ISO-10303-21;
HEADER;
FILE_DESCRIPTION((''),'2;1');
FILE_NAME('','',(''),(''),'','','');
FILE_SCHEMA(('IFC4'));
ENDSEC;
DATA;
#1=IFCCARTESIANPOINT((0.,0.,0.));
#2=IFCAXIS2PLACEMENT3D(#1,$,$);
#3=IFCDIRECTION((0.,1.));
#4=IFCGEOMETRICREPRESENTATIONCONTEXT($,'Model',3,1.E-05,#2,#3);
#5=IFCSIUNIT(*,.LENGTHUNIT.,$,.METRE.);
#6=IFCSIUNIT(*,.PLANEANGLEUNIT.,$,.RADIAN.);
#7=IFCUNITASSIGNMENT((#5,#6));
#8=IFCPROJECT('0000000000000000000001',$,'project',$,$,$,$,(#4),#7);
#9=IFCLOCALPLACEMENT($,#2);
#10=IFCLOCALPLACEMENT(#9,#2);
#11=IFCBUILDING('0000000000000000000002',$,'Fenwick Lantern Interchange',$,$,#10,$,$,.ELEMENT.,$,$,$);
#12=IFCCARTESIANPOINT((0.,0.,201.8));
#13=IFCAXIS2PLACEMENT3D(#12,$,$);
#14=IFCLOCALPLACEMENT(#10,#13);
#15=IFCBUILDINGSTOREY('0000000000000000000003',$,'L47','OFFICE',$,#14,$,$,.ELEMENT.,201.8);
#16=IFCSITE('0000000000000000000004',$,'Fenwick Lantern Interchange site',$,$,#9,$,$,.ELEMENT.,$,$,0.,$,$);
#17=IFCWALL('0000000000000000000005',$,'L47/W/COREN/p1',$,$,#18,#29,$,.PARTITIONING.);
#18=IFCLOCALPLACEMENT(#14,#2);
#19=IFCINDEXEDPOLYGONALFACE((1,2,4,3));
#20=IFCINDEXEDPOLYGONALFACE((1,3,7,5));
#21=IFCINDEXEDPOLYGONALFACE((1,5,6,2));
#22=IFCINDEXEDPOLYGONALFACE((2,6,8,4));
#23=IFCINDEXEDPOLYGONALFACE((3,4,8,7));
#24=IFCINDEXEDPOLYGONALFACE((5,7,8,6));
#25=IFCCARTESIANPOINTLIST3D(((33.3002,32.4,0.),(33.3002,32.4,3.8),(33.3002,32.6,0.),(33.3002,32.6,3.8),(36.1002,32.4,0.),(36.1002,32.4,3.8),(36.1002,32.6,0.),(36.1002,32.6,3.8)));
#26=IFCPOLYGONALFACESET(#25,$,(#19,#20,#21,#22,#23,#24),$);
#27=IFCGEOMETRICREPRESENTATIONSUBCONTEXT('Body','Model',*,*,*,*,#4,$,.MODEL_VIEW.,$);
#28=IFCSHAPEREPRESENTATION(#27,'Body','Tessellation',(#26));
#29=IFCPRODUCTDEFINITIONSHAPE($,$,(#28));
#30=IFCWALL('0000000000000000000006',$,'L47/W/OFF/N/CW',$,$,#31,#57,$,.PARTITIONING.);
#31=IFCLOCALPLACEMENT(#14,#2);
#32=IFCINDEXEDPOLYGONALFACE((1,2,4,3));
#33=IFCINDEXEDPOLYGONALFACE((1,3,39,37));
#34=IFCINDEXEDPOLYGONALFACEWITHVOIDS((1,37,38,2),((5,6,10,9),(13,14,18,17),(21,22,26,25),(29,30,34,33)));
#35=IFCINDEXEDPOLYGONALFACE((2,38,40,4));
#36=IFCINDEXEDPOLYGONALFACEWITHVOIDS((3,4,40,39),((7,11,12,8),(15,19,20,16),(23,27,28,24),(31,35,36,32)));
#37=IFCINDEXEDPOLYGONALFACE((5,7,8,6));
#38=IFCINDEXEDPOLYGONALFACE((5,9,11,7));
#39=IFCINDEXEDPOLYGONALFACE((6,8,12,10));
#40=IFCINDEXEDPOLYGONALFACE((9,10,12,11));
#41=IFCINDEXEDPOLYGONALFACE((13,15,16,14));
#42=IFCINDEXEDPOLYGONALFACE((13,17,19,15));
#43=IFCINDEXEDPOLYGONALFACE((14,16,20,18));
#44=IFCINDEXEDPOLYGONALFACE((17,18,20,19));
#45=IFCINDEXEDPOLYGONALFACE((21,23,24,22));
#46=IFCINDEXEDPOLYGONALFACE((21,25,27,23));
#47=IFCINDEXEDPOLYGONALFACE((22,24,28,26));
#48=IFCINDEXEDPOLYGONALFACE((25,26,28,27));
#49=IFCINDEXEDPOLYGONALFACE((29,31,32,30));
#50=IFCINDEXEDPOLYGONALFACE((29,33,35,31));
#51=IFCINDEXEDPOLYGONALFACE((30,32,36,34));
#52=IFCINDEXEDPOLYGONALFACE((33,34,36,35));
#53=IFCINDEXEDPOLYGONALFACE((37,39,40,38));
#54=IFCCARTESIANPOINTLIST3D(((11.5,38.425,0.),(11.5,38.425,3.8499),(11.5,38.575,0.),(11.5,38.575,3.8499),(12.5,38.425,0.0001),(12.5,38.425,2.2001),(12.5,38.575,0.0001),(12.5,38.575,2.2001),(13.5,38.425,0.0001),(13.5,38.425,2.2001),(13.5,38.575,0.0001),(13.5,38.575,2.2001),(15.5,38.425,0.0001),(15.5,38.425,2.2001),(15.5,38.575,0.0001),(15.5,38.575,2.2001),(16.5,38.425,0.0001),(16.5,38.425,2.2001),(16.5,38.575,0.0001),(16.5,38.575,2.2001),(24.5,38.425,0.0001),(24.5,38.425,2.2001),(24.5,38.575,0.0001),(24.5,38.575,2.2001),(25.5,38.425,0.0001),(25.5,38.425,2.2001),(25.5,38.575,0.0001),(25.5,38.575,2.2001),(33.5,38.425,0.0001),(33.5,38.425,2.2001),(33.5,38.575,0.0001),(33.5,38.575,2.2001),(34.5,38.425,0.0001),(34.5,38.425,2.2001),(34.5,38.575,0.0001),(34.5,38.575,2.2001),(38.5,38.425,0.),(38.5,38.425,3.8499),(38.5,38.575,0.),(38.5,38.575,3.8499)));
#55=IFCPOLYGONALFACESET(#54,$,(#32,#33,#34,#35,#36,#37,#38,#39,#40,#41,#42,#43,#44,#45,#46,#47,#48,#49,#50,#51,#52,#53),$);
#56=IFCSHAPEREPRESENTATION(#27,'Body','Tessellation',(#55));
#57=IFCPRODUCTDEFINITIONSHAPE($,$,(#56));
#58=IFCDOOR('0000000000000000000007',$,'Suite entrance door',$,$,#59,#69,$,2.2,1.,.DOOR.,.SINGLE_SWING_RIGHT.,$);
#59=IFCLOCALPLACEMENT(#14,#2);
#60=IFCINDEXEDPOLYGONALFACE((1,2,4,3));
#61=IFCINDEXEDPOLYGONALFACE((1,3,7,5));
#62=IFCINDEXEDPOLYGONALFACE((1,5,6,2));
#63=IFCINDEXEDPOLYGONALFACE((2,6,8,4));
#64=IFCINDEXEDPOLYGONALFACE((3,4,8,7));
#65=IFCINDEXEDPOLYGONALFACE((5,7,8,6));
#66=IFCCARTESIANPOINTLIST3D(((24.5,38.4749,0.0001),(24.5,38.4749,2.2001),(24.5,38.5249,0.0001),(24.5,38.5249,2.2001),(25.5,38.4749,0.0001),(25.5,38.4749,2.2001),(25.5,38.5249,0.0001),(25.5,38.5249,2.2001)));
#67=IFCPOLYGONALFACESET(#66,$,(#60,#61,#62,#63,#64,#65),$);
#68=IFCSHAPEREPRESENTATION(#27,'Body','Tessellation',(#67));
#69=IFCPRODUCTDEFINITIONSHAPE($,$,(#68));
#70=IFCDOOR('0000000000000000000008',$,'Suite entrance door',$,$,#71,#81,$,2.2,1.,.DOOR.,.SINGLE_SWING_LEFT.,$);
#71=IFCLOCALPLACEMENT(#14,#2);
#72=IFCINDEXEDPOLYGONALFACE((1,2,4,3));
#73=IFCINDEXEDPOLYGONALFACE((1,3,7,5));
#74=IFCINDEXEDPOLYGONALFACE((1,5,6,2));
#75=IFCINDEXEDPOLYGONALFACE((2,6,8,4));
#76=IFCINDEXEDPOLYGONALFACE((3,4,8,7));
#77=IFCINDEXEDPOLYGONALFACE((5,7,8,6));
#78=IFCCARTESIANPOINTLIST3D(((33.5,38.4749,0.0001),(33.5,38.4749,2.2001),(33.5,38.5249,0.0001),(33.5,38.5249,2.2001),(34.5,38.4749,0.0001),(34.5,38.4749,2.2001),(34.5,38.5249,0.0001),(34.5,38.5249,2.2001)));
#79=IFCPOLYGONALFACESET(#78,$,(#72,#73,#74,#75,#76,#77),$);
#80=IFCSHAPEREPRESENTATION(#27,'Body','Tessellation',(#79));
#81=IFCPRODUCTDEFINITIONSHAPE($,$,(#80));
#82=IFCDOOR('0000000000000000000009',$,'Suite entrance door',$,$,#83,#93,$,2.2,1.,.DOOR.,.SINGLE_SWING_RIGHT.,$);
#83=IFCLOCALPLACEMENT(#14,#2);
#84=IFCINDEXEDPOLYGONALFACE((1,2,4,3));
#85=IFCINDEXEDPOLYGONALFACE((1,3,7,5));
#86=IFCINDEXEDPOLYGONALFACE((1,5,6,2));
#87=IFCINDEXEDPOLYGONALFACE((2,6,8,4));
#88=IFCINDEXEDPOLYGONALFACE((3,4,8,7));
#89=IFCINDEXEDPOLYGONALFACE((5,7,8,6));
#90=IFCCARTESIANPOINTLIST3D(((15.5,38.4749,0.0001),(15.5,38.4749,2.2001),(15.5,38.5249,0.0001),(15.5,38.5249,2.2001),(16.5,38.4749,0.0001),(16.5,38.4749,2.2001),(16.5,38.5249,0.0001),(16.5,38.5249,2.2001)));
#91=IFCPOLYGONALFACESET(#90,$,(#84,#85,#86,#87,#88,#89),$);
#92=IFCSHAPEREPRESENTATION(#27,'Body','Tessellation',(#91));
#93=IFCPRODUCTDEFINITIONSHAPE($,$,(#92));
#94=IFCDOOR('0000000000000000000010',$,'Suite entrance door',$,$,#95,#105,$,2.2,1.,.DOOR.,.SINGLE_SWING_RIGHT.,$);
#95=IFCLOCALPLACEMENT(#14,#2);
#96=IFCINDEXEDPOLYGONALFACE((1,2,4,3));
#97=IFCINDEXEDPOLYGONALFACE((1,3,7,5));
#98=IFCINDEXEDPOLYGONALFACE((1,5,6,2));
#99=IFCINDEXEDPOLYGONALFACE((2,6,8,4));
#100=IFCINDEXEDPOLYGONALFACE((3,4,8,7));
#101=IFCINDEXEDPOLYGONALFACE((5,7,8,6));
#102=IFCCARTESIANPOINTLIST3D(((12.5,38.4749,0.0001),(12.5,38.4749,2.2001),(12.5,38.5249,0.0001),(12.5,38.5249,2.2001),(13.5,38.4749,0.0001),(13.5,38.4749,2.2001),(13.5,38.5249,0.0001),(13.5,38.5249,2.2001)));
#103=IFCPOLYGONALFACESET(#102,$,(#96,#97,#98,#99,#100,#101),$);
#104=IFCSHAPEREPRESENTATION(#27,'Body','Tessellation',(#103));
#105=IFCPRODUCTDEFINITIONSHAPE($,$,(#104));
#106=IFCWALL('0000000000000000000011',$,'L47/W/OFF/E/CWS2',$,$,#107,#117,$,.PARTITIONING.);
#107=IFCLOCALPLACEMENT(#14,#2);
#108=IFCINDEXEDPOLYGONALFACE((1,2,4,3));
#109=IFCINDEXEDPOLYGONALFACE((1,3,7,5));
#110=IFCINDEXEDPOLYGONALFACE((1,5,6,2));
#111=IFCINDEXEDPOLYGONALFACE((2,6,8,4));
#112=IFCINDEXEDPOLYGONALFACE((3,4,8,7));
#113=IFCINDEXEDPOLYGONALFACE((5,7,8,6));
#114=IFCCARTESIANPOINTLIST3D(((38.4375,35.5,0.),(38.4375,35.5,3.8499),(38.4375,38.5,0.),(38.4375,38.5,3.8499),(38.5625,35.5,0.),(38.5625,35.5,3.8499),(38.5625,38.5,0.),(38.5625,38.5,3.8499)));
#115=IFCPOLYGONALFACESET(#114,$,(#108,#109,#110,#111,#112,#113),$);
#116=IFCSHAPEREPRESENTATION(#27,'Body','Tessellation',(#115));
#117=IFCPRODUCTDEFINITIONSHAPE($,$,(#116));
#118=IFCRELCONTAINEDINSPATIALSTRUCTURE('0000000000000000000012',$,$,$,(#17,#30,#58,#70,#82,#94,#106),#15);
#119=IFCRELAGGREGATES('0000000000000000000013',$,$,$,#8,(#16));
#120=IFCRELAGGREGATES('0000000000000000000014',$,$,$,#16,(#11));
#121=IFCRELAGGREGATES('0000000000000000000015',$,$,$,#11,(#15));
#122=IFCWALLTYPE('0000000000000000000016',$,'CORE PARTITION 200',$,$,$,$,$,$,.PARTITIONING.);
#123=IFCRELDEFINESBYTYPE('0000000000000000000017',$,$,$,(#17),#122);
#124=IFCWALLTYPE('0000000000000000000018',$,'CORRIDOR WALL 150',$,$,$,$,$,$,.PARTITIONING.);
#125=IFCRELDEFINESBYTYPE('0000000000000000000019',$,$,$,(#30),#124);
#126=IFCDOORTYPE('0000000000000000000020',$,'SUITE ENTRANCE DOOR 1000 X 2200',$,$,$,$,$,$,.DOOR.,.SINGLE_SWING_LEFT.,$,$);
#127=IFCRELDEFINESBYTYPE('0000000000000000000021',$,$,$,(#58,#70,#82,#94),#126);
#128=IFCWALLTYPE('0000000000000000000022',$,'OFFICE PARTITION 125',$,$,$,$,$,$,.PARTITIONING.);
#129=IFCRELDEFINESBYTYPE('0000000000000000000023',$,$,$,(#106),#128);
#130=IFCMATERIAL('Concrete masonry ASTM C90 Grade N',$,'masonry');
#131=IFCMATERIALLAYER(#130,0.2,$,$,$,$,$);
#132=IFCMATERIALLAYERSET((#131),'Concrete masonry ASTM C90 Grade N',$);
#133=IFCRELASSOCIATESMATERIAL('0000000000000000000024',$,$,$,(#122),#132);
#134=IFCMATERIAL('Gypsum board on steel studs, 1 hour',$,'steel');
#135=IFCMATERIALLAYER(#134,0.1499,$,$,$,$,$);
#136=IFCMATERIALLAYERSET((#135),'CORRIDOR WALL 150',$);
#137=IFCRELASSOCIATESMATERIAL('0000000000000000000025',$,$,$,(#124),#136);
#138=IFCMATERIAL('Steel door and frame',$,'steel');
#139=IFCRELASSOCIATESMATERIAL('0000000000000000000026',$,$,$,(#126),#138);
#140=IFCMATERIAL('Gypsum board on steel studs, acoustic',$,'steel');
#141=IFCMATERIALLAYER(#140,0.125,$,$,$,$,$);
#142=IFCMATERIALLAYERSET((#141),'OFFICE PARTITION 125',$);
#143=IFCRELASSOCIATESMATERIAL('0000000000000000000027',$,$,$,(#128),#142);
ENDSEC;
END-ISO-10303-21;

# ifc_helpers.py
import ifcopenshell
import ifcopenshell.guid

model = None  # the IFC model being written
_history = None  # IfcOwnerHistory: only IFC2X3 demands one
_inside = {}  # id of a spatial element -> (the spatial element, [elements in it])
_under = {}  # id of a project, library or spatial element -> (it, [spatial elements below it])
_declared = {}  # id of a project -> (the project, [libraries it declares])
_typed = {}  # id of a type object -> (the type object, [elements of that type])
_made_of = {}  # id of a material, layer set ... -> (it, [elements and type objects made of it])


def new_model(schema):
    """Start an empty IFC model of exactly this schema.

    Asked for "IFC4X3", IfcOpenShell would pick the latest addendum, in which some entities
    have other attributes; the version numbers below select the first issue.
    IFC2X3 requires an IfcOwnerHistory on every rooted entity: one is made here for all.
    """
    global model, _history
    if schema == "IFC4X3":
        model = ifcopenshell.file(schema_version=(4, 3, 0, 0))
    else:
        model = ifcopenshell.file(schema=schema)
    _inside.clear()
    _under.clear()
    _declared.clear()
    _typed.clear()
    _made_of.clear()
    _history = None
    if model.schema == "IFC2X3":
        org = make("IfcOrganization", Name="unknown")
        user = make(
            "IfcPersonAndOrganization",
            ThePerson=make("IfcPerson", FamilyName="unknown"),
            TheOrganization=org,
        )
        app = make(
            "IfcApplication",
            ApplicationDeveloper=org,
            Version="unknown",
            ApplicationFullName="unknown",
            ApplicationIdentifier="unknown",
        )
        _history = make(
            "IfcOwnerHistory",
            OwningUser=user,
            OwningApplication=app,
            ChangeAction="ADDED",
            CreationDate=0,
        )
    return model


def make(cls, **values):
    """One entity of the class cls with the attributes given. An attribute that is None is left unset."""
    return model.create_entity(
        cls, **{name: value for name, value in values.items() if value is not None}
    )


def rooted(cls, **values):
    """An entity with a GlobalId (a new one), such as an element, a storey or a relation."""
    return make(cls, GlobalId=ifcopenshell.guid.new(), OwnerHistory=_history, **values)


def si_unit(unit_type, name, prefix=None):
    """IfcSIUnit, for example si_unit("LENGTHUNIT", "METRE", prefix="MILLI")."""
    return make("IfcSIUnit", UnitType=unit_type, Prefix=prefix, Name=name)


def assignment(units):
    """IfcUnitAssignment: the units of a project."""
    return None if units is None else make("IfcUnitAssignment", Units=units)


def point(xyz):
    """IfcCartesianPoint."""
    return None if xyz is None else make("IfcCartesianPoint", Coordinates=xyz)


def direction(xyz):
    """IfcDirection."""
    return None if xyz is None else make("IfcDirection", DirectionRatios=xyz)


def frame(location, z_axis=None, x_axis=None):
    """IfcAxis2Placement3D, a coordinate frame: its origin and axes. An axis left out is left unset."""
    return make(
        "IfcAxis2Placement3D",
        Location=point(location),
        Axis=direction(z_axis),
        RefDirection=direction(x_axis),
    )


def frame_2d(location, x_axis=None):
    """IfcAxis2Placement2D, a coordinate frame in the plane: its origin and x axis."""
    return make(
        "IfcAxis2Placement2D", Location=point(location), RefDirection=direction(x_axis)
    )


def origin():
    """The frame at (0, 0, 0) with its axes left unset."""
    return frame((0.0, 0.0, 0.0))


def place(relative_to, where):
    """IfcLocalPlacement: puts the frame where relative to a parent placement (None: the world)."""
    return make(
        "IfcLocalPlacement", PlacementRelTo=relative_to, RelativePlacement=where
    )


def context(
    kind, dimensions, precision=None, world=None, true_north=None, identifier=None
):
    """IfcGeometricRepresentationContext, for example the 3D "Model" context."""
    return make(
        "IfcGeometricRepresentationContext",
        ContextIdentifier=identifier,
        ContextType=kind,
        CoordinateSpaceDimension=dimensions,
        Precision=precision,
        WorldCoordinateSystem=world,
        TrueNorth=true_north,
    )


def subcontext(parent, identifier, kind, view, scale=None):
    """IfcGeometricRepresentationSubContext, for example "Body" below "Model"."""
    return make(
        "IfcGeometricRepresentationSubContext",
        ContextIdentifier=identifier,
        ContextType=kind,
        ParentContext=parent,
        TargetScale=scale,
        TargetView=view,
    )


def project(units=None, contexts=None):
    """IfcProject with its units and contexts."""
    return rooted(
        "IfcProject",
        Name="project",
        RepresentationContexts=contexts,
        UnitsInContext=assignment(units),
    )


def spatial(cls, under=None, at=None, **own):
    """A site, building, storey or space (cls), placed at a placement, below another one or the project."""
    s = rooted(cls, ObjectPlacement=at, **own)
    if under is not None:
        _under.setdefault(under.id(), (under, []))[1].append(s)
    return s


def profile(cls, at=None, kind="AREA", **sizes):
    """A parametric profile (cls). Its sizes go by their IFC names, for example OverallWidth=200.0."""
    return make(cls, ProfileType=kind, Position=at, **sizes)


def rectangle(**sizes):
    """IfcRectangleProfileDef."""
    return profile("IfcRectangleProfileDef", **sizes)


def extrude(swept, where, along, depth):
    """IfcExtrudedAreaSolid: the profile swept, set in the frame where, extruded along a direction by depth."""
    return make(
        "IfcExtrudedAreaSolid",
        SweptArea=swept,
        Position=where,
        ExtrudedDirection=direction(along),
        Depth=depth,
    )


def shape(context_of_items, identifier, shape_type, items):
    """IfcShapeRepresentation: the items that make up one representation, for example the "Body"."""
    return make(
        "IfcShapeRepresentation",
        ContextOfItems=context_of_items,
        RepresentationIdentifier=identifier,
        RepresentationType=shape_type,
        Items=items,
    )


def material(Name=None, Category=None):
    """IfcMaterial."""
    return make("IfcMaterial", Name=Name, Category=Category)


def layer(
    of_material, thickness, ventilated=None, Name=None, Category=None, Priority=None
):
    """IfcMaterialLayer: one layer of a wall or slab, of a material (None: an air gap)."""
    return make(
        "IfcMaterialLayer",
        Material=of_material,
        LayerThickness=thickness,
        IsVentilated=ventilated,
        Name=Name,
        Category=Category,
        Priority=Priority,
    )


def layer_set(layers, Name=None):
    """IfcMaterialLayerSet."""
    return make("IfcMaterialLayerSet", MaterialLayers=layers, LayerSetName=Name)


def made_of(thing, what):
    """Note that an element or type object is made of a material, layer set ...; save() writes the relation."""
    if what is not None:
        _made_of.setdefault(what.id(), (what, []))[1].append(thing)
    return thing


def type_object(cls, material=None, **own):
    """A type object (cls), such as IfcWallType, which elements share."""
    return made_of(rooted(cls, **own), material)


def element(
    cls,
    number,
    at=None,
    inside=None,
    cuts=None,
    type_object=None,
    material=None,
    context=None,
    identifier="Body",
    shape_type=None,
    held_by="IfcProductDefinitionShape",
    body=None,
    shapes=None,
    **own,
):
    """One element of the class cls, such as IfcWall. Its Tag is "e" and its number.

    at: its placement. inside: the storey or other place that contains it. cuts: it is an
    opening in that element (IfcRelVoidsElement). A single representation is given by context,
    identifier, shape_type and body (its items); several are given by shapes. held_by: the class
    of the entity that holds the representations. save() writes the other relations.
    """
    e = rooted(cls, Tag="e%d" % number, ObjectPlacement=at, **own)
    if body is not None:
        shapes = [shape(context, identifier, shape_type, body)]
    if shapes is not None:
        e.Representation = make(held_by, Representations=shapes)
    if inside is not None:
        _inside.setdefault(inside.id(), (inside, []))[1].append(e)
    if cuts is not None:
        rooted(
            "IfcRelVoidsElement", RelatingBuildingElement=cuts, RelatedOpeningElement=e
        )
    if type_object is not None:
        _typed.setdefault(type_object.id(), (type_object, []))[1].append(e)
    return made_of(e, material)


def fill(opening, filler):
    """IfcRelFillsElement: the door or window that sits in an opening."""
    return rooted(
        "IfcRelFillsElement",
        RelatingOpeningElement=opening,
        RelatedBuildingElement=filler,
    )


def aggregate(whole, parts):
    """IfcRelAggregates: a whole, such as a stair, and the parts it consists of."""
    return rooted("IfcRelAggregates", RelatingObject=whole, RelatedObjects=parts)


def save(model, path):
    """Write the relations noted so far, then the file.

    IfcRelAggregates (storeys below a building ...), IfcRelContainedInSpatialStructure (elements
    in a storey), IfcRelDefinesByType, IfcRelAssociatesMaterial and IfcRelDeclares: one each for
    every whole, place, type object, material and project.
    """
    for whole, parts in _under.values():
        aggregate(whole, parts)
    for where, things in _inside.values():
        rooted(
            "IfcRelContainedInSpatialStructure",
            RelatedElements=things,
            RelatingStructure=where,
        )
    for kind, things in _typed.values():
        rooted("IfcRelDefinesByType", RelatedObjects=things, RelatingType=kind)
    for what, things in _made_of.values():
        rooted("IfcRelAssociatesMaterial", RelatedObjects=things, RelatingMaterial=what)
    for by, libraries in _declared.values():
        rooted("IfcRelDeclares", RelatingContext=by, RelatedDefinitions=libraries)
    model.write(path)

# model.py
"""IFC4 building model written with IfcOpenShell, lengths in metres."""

from ifc_helpers import new_model, si_unit, direction, frame, frame_2d, origin, place, context, subcontext, project, spatial, rectangle, extrude, material, layer, layer_set, type_object, element, fill, save


model = new_model("IFC4")

# Units and contexts
model_context = context("Model", 3, precision=1e-05, world=origin(), true_north=direction((0.0, 1.0)))
body_context = subcontext(model_context, "Body", "Model", "MODEL_VIEW")
ifc_project = project(units=[si_unit("LENGTHUNIT", "METRE"), si_unit("PLANEANGLEUNIT", "RADIAN")], contexts=[model_context])

# Site, building, storey
site_placement = place(None, origin())
site = spatial("IfcSite", under=ifc_project, at=site_placement, Name="Fenwick Lantern Interchange site", CompositionType="ELEMENT", RefElevation=0.0)
building_placement = place(site_placement, origin())
building = spatial("IfcBuilding", under=site, at=building_placement, Name="Fenwick Lantern Interchange", CompositionType="ELEMENT")
storey_placement = place(building_placement, frame((0.0, 0.0, 201.8)))
storey = spatial("IfcBuildingStorey", under=building, at=storey_placement, Name="L47", Description="OFFICE", CompositionType="ELEMENT", Elevation=201.8)

# Wall
ifc_material_1 = material(Name="Concrete masonry ASTM C90 Grade N", Category="masonry")
ifc_layer_1 = layer(ifc_material_1, 0.2)
ifc_layer_set_1 = layer_set([ifc_layer_1], Name="Concrete masonry ASTM C90 Grade N")
wall_type_1 = type_object("IfcWallType", Name="CORE PARTITION 200", PredefinedType="PARTITIONING", material=ifc_layer_set_1)
for number, where, z_axis, x_axis, name in (
    (1, (36.1001, 32.5, 0.0), (0.0, 0.0, 1.0), (-1.0, 0.0, 0.0), "L47/W/COREN/p1"),
):
    element("IfcWall", number, at=place(storey_placement, frame(where, z_axis=z_axis, x_axis=x_axis)), inside=storey, type_object=wall_type_1, Name=name, PredefinedType="PARTITIONING", context=body_context, shape_type="SweptSolid", body=[
        extrude(rectangle(XDim=2.8, YDim=0.2, at=frame_2d((1.3999, 0.0))), origin(), (0.0, 0.0, 1.0), 3.8),
    ])

# Wall, openings, doors
ifc_material_2 = material(Name="Steel door and frame", Category="steel")
ifc_material_3 = material(Name="Gypsum board on steel studs, 1 hour", Category="steel")
ifc_layer_2 = layer(ifc_material_3, 0.1499)
ifc_layer_set_2 = layer_set([ifc_layer_2], Name="CORRIDOR WALL 150")
wall_type_2 = type_object("IfcWallType", Name="CORRIDOR WALL 150", PredefinedType="PARTITIONING", material=ifc_layer_set_2)
wall_1_placement = place(storey_placement, frame((38.5, 38.5, 0.0), z_axis=(0.0, 0.0, 1.0), x_axis=(-1.0, 0.0, 0.0)))
wall_1 = element("IfcWall", 2, at=wall_1_placement, inside=storey, type_object=wall_type_2, Name="L47/W/OFF/N/CW", PredefinedType="PARTITIONING", context=body_context, shape_type="SweptSolid", body=[
    extrude(rectangle(XDim=27.0, YDim=0.1499, at=frame_2d((13.5, 0.0))), origin(), (0.0, 0.0, 1.0), 3.8499),
])
opening_1_placement = place(wall_1_placement, frame((13.0, 0.0, 0.0)))
opening_1 = element("IfcOpeningElement", 3, at=opening_1_placement, cuts=wall_1, PredefinedType="OPENING", context=body_context, shape_type="SweptSolid", body=[
    extrude(rectangle(XDim=1.0, YDim=2.2, at=frame_2d((0.5, 1.1001))), frame((0.0, 0.085, 0.0), z_axis=(0.0, -1.0, 0.0), x_axis=(1.0, 0.0, 0.0)), (0.0, 0.0, 1.0), 0.1699),
])
opening_2_placement = place(wall_1_placement, frame((4.0, 0.0, 0.0)))
opening_2 = element("IfcOpeningElement", 4, at=opening_2_placement, cuts=wall_1, PredefinedType="OPENING", context=body_context, shape_type="SweptSolid", body=[
    extrude(rectangle(XDim=1.0, YDim=2.2, at=frame_2d((0.5, 1.1001))), frame((0.0, 0.085, 0.0), z_axis=(0.0, -1.0, 0.0), x_axis=(1.0, 0.0, 0.0)), (0.0, 0.0, 1.0), 0.1699),
])
opening_3_placement = place(wall_1_placement, frame((22.0, 0.0, 0.0)))
opening_3 = element("IfcOpeningElement", 5, at=opening_3_placement, cuts=wall_1, PredefinedType="OPENING", context=body_context, shape_type="SweptSolid", body=[
    extrude(rectangle(XDim=1.0, YDim=2.2, at=frame_2d((0.5, 1.1001))), frame((0.0, 0.085, 0.0), z_axis=(0.0, -1.0, 0.0), x_axis=(1.0, 0.0, 0.0)), (0.0, 0.0, 1.0), 0.1699),
])
opening_4_placement = place(wall_1_placement, frame((25.0, 0.0, 0.0)))
opening_4 = element("IfcOpeningElement", 6, at=opening_4_placement, cuts=wall_1, PredefinedType="OPENING", context=body_context, shape_type="SweptSolid", body=[
    extrude(rectangle(XDim=1.0, YDim=2.2, at=frame_2d((0.5, 1.1001))), frame((0.0, 0.085, 0.0), z_axis=(0.0, -1.0, 0.0), x_axis=(1.0, 0.0, 0.0)), (0.0, 0.0, 1.0), 0.1699),
])
door_type_1 = type_object("IfcDoorType", Name="SUITE ENTRANCE DOOR 1000 X 2200", OperationType="SINGLE_SWING_LEFT", PredefinedType="DOOR", material=ifc_material_2)
door_1_placement = place(opening_1_placement, frame((1.0, 0.0, 0.0), z_axis=(0.0, 0.0, 1.0), x_axis=(-1.0, 0.0, 0.0)))
door_1 = element("IfcDoor", 7, at=door_1_placement, inside=storey, type_object=door_type_1, Name="Suite entrance door", OperationType="SINGLE_SWING_RIGHT", OverallHeight=2.2, OverallWidth=1.0, PredefinedType="DOOR", context=body_context, shape_type="SweptSolid", body=[
    extrude(rectangle(XDim=1.0, YDim=2.2, at=frame_2d((0.5, 1.1001))), frame((0.0, 0.0249, 0.0), z_axis=(0.0, -1.0, 0.0), x_axis=(1.0, 0.0, 0.0)), (0.0, 0.0, 1.0), 0.05),
])
fill(opening_1, door_1)
door_2_placement = place(opening_2_placement, frame((1.0, 0.0, 0.0), z_axis=(0.0, 0.0, 1.0), x_axis=(-1.0, 0.0, 0.0)))
door_2 = element("IfcDoor", 8, at=door_2_placement, inside=storey, type_object=door_type_1, Name="Suite entrance door", OperationType="SINGLE_SWING_LEFT", OverallHeight=2.2, OverallWidth=1.0, PredefinedType="DOOR", context=body_context, shape_type="SweptSolid", body=[
    extrude(rectangle(XDim=1.0, YDim=2.2, at=frame_2d((0.5, 1.1001))), frame((0.0, 0.0249, 0.0), z_axis=(0.0, -1.0, 0.0), x_axis=(1.0, 0.0, 0.0)), (0.0, 0.0, 1.0), 0.05),
])
fill(opening_2, door_2)
door_3_placement = place(opening_3_placement, frame((1.0, 0.0, 0.0), z_axis=(0.0, 0.0, 1.0), x_axis=(-1.0, 0.0, 0.0)))
door_3 = element("IfcDoor", 9, at=door_3_placement, inside=storey, type_object=door_type_1, Name="Suite entrance door", OperationType="SINGLE_SWING_RIGHT", OverallHeight=2.2, OverallWidth=1.0, PredefinedType="DOOR", context=body_context, shape_type="SweptSolid", body=[
    extrude(rectangle(XDim=1.0, YDim=2.2, at=frame_2d((0.5, 1.1001))), frame((0.0, 0.0249, 0.0), z_axis=(0.0, -1.0, 0.0), x_axis=(1.0, 0.0, 0.0)), (0.0, 0.0, 1.0), 0.05),
])
fill(opening_3, door_3)
door_4_placement = place(opening_4_placement, frame((1.0, 0.0, 0.0), z_axis=(0.0, 0.0, 1.0), x_axis=(-1.0, 0.0, 0.0)))
door_4 = element("IfcDoor", 10, at=door_4_placement, inside=storey, type_object=door_type_1, Name="Suite entrance door", OperationType="SINGLE_SWING_RIGHT", OverallHeight=2.2, OverallWidth=1.0, PredefinedType="DOOR", context=body_context, shape_type="SweptSolid", body=[
    extrude(rectangle(XDim=1.0, YDim=2.2, at=frame_2d((0.5, 1.1001))), frame((0.0, 0.0249, 0.0), z_axis=(0.0, -1.0, 0.0), x_axis=(1.0, 0.0, 0.0)), (0.0, 0.0, 1.0), 0.05),
])
fill(opening_4, door_4)

# Wall
ifc_material_4 = material(Name="Gypsum board on steel studs, acoustic", Category="steel")
ifc_layer_3 = layer(ifc_material_4, 0.125)
ifc_layer_set_3 = layer_set([ifc_layer_3], Name="OFFICE PARTITION 125")
wall_type_3 = type_object("IfcWallType", Name="OFFICE PARTITION 125", PredefinedType="PARTITIONING", material=ifc_layer_set_3)
wall_2_placement = place(storey_placement, frame((38.5, 35.5, 0.0), z_axis=(0.0, 0.0, 1.0), x_axis=(0.0, 1.0, 0.0)))
element("IfcWall", 11, at=wall_2_placement, inside=storey, type_object=wall_type_3, Name="L47/W/OFF/E/CWS2", PredefinedType="PARTITIONING", context=body_context, shape_type="SweptSolid", body=[
    extrude(rectangle(XDim=3.0, YDim=0.125, at=frame_2d((1.5, 0.0))), origin(), (0.0, 0.0, 1.0), 3.8499),
])

save(model, "model.ifc")
